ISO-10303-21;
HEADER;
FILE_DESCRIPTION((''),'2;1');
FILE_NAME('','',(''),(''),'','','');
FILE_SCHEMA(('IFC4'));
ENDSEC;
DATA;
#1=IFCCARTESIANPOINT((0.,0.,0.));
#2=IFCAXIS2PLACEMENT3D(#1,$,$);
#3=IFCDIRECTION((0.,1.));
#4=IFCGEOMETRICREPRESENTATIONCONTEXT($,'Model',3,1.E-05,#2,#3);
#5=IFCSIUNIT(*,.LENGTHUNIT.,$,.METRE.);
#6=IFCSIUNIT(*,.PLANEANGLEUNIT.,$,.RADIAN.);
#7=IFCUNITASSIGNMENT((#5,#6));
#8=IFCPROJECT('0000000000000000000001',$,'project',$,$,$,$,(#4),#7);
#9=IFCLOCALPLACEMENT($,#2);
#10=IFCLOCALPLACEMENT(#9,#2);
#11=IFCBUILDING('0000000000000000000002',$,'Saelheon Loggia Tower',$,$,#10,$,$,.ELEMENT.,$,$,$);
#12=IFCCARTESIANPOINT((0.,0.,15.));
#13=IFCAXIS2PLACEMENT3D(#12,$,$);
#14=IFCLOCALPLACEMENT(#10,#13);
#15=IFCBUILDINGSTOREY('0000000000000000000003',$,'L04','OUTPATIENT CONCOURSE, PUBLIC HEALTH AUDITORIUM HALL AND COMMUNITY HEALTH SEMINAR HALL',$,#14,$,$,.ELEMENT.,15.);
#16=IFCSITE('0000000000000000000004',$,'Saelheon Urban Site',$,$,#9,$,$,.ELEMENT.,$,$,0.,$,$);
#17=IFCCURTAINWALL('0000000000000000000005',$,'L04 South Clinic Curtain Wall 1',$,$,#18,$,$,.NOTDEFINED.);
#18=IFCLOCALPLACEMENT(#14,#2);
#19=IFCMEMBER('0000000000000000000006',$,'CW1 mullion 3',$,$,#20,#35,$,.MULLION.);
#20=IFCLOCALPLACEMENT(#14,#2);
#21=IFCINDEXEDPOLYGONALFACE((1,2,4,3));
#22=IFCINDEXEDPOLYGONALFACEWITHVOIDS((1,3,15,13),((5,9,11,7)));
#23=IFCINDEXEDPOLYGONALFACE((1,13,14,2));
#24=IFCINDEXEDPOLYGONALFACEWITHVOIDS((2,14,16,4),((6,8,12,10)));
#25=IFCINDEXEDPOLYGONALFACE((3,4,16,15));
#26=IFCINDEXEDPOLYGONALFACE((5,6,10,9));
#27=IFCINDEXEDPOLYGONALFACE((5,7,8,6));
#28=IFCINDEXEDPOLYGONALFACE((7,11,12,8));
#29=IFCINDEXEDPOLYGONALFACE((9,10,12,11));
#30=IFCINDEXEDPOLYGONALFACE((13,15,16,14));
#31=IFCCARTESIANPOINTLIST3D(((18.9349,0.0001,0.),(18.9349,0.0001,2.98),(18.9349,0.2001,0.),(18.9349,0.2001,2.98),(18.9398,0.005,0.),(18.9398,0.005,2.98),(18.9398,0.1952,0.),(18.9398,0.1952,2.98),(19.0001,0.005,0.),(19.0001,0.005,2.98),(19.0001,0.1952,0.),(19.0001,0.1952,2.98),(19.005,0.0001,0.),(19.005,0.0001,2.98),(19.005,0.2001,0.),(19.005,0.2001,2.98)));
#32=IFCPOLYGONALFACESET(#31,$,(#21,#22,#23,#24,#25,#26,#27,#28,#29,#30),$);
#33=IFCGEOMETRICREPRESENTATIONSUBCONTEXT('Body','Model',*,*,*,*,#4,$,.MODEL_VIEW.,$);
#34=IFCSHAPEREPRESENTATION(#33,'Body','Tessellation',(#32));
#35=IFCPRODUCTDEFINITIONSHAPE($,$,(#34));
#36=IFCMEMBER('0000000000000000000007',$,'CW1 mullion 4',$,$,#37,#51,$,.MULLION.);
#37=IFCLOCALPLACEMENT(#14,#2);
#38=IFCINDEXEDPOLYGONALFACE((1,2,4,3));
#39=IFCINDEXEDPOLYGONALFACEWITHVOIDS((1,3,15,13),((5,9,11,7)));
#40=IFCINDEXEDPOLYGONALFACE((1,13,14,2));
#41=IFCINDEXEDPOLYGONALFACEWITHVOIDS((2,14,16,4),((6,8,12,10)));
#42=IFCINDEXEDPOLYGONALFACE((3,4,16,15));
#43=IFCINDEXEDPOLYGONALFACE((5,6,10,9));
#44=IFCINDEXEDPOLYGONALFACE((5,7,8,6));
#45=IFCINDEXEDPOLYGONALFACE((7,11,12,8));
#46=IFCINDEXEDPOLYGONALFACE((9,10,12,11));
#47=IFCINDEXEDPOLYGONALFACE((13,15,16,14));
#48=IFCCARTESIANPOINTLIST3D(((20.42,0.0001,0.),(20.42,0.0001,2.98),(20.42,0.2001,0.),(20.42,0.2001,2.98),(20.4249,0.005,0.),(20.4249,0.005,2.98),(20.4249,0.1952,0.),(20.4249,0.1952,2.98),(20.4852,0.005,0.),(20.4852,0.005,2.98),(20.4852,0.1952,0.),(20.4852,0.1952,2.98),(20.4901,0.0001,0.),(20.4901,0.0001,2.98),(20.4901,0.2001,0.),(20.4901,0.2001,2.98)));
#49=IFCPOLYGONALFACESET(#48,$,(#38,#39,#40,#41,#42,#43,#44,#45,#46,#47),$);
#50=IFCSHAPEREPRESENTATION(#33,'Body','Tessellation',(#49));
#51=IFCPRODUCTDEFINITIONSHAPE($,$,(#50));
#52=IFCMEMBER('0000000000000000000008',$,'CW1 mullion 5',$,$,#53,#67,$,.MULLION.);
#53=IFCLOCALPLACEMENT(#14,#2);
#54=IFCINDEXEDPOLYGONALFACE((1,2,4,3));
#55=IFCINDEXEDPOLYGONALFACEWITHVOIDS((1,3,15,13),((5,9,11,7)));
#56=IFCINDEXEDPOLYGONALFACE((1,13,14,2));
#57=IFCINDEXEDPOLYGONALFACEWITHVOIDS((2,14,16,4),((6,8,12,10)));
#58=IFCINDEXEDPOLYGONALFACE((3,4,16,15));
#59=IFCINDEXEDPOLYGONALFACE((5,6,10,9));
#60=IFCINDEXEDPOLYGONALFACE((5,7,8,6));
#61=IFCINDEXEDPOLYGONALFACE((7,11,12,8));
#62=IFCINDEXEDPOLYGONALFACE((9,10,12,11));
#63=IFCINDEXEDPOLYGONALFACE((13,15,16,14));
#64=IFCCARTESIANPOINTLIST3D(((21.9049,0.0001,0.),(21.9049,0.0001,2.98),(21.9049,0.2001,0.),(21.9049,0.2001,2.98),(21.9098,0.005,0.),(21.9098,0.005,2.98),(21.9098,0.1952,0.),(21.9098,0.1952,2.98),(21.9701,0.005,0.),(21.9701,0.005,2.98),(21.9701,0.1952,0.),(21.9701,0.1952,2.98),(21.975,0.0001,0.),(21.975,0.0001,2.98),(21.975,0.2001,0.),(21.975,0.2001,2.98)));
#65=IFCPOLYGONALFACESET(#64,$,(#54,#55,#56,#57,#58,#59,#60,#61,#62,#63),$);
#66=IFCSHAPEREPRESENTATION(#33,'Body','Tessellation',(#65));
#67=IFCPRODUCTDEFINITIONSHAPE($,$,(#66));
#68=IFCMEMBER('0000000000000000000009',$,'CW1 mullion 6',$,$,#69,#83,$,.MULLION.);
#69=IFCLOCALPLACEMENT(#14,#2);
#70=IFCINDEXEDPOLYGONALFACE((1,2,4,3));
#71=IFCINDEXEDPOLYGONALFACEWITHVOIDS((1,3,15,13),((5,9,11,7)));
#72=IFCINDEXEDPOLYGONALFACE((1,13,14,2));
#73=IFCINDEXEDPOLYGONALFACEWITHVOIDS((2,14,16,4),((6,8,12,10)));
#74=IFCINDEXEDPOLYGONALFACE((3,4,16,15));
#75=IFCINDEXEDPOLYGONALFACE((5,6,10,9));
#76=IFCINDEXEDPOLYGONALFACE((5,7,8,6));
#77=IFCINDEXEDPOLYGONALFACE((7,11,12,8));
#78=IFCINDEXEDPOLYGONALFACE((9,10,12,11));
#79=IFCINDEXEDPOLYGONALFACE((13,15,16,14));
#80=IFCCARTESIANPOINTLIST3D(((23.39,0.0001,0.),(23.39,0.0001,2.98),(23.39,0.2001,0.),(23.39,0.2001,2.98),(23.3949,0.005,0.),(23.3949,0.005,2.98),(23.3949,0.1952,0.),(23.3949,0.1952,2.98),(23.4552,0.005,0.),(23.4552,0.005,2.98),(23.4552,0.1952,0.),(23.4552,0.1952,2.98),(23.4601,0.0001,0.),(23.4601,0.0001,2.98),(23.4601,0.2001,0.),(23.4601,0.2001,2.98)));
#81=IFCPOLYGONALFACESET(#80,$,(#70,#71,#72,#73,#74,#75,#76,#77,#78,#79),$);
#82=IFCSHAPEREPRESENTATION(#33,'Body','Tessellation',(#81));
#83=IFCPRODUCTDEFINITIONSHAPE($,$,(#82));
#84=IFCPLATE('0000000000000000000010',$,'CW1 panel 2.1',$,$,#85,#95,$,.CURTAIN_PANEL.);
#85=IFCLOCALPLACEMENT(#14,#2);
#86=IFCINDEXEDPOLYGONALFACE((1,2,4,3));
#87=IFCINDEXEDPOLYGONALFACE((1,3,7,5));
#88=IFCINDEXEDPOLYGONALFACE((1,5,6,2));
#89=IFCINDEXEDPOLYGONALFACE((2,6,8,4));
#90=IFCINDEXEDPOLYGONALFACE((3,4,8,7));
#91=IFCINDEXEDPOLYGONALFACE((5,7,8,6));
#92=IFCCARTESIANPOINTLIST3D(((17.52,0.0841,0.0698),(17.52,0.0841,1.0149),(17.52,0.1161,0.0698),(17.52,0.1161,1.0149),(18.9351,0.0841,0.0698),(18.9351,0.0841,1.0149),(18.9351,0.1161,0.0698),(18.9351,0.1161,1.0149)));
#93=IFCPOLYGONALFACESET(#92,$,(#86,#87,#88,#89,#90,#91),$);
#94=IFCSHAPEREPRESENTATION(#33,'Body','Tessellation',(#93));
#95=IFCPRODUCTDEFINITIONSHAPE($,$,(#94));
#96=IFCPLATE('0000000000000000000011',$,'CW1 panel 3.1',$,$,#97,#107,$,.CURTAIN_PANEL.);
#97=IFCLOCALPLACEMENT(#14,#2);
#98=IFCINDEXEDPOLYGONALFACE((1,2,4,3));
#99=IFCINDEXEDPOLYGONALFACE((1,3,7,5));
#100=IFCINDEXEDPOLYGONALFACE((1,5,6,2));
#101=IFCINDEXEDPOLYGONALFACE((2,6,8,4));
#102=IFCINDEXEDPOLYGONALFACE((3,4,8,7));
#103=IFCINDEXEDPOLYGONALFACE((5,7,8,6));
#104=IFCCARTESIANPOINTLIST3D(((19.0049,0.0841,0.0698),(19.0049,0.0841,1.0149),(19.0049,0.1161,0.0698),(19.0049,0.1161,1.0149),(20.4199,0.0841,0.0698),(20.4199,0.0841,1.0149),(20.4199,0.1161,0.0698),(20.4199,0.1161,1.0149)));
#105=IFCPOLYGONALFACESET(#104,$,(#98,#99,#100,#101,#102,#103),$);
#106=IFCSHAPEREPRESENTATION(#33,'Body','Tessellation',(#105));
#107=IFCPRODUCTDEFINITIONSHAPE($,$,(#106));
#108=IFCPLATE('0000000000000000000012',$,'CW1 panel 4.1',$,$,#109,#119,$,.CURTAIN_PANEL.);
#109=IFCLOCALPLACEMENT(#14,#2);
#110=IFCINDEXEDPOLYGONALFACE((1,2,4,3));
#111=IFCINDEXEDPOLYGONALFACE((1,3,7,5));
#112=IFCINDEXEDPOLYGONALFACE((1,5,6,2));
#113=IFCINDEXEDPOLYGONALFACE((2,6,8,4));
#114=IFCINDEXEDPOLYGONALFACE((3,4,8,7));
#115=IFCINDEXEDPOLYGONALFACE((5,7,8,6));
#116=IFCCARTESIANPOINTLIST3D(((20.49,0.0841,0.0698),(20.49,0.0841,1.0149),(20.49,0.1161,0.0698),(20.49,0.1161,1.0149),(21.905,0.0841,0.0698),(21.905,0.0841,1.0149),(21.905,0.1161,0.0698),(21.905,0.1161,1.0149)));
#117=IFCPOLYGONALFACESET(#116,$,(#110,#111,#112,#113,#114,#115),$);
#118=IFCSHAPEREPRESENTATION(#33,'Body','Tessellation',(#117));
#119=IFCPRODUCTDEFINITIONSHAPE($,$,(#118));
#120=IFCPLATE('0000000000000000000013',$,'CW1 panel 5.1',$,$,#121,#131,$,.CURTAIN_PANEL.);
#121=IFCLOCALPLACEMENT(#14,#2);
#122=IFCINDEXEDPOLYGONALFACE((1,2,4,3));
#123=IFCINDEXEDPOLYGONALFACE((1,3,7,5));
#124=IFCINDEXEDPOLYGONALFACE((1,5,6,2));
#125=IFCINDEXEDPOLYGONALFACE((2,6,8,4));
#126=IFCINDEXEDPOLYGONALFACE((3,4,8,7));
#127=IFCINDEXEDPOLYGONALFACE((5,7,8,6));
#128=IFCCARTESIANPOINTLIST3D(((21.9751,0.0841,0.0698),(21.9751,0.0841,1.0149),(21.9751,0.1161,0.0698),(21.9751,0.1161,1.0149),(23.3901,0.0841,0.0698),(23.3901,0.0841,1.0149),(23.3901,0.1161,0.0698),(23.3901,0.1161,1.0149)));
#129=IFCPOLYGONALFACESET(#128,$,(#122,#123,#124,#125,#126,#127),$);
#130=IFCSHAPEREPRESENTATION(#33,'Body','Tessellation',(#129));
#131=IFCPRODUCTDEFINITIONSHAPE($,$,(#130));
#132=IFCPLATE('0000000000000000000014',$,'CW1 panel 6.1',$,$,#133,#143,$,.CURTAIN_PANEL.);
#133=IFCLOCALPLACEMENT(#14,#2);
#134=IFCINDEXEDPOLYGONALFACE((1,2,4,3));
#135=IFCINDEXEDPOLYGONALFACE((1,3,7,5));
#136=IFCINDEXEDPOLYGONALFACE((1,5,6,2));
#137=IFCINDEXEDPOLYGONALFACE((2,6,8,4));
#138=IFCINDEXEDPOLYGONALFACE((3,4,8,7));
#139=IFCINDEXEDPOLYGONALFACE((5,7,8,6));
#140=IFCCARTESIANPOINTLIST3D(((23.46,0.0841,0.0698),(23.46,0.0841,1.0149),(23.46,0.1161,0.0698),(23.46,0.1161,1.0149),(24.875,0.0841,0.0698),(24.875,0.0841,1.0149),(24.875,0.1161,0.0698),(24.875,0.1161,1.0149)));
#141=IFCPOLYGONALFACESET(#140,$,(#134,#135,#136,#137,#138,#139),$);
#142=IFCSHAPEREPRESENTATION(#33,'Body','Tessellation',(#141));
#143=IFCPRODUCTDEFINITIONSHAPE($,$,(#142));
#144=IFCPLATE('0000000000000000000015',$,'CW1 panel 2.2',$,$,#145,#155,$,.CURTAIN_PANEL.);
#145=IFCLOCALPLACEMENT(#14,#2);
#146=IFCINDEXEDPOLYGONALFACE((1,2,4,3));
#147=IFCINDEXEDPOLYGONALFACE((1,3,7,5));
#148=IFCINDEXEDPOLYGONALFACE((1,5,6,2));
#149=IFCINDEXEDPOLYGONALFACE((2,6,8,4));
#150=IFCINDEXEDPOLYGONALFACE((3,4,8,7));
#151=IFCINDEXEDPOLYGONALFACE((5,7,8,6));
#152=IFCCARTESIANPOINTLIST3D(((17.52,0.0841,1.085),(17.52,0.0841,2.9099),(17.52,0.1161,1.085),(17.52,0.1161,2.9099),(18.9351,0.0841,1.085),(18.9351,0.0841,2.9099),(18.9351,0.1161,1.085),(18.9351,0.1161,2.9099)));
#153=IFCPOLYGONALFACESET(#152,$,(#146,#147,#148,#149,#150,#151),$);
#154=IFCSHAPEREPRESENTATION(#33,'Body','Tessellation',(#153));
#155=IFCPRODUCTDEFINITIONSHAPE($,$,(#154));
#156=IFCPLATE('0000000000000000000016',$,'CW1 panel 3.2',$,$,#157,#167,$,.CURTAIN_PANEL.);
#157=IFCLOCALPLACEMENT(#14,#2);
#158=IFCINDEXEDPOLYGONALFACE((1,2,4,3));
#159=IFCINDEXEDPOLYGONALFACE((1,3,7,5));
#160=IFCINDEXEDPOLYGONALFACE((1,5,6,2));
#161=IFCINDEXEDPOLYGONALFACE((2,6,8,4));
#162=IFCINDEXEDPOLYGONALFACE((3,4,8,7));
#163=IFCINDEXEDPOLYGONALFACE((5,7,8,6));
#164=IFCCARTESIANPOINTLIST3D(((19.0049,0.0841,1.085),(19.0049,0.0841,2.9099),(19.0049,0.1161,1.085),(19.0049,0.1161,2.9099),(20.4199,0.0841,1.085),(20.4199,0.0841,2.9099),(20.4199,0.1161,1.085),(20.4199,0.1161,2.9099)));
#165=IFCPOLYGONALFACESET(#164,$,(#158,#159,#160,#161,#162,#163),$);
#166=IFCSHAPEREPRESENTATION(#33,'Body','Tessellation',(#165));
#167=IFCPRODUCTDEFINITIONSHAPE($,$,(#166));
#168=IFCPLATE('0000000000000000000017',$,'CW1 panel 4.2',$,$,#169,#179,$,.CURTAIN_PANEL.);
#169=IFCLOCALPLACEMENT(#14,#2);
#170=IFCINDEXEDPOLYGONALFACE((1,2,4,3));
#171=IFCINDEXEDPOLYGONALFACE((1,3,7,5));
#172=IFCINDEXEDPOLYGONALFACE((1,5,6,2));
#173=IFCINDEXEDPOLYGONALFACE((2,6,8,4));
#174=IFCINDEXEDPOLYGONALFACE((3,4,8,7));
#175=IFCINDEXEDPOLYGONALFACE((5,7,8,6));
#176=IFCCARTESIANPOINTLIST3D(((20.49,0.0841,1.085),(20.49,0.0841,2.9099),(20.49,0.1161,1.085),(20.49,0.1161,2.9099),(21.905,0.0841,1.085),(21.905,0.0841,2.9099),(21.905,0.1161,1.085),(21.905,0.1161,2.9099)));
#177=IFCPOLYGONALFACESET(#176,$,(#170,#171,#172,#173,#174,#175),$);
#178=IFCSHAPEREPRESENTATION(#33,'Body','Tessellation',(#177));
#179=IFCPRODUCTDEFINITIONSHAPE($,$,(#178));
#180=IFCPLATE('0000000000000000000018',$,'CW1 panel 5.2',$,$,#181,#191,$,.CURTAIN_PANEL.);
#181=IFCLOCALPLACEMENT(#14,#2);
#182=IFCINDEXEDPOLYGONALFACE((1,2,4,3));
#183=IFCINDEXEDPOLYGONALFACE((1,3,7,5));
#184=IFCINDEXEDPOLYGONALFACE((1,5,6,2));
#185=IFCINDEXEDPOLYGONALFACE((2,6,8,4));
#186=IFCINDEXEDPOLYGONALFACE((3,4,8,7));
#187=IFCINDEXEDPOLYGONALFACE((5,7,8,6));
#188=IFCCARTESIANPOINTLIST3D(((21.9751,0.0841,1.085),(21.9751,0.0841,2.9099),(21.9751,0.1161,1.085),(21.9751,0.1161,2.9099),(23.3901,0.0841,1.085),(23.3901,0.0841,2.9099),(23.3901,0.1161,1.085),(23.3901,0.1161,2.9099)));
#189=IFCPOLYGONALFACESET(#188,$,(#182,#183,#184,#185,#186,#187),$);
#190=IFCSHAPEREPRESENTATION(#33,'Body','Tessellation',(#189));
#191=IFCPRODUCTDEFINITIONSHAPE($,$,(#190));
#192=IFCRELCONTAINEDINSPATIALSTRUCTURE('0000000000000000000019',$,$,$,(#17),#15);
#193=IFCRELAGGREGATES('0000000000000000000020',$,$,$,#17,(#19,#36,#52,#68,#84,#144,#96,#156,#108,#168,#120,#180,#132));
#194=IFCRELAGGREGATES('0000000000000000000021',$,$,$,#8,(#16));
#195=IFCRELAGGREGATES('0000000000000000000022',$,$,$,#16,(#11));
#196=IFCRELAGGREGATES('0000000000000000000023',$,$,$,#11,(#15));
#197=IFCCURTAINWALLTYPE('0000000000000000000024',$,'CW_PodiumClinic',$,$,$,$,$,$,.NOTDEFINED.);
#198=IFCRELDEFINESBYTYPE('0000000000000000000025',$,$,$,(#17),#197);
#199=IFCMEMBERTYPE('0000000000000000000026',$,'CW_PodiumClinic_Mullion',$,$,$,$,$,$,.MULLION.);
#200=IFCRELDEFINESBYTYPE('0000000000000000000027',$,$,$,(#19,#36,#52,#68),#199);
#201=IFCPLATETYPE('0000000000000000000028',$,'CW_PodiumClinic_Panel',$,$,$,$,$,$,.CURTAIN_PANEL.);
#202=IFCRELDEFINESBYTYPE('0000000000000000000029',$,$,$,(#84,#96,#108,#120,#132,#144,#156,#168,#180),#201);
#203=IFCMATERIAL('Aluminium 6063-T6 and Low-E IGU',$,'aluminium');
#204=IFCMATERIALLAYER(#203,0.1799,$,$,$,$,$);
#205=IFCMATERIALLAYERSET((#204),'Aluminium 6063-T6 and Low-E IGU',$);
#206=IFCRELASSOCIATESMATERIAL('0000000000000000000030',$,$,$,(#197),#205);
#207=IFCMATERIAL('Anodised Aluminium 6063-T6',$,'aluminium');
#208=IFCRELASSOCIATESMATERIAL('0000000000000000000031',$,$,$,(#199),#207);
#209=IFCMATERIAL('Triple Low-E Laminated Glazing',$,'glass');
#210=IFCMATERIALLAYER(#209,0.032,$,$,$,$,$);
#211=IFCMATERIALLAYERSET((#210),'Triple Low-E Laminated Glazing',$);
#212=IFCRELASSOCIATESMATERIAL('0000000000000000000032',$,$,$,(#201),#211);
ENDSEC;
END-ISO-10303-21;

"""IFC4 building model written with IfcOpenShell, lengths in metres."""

from ifc_helpers import new_model, si_unit, direction, frame, origin, origin_2d, place, context, subcontext, project, spatial, rectangle, hollow_rectangle, extrude, source, transform, mapped, material, layer, layer_set, material_profile, profile_set, type_object, element, aggregate, save


model = new_model("IFC4")

# Units and contexts
model_context = context("Model", 3, precision=1e-05, world=origin(), true_north=direction((0.0, 1.0)))
body_context = subcontext(model_context, "Body", "Model", "MODEL_VIEW")
ifc_project = project(units=[si_unit("LENGTHUNIT", "METRE"), si_unit("PLANEANGLEUNIT", "RADIAN")], contexts=[model_context])

# Site, building, storey
site_placement = place(None, origin())
site = spatial("IfcSite", under=ifc_project, at=site_placement, Name="Saelheon Urban Site", CompositionType="ELEMENT", RefElevation=0.0)
building_placement = place(site_placement, origin())
building = spatial("IfcBuilding", under=site, at=building_placement, Name="Saelheon Loggia Tower", CompositionType="ELEMENT")
storey_placement = place(building_placement, frame((0.0, 0.0, 15.0)))
storey = spatial("IfcBuildingStorey", under=building, at=storey_placement, Name="L04", Description="OUTPATIENT CONCOURSE, PUBLIC HEALTH AUDITORIUM HALL AND COMMUNITY HEALTH SEMINAR HALL", CompositionType="ELEMENT", Elevation=15.0)

# Curtain wall, members, plates
ifc_material_1 = material(Name="Aluminium 6063-T6 and Low-E IGU", Category="aluminium")
ifc_layer_1 = layer(ifc_material_1, 0.1799)
ifc_layer_set_1 = layer_set([ifc_layer_1], Name="Aluminium 6063-T6 and Low-E IGU")
curtain_wall_type = type_object("IfcCurtainWallType", Name="CW_PodiumClinic", PredefinedType="NOTDEFINED", material=ifc_layer_set_1)
curtain_wall_placement = place(storey_placement, origin())
curtain_wall = element("IfcCurtainWall", 1, at=curtain_wall_placement, inside=storey, type_object=curtain_wall_type, Name="L04 South Clinic Curtain Wall 1", PredefinedType="NOTDEFINED")
ifc_material_2 = material(Name="Anodised Aluminium 6063-T6", Category="aluminium")
ifc_material_profile_1 = material_profile(ifc_material_2, hollow_rectangle(XDim=0.0701, YDim=0.2, WallThickness=0.0049, at=origin_2d()), Name="RHS-200x70x5")
ifc_profile_set_1 = profile_set([ifc_material_profile_1], Name="Anodised Aluminium 6063-T6")
member_type_1 = type_object("IfcMemberType", Name="CW_PodiumClinic_Mullion", PredefinedType="MULLION", material=ifc_profile_set_1)
shared_shape_1 = source(origin(), body_context, "Body", "SweptSolid", [
    extrude(hollow_rectangle(XDim=0.0701, YDim=0.2, WallThickness=0.0049, at=origin_2d()), origin(), (0.0, 0.0, 1.0), 2.98),
])
member_1_placement = place(storey_placement, frame((18.97, 0.1001, 0.0), z_axis=(0.0, 0.0, 1.0), x_axis=(1.0, 0.0, 0.0)))
member_1 = element("IfcMember", 2, at=member_1_placement, type_object=member_type_1, Name="CW1 mullion 3", PredefinedType="MULLION", context=body_context, shape_type="MappedRepresentation", body=[
    mapped(shared_shape_1, transform((0.0, 0.0, 0.0), scale=1.0)),
])
member_2_placement = place(storey_placement, frame((20.4551, 0.1001, 0.0), z_axis=(0.0, 0.0, 1.0), x_axis=(1.0, 0.0, 0.0)))
member_2 = element("IfcMember", 3, at=member_2_placement, type_object=member_type_1, Name="CW1 mullion 4", PredefinedType="MULLION", context=body_context, shape_type="MappedRepresentation", body=[
    mapped(shared_shape_1, transform((0.0, 0.0, 0.0), scale=1.0)),
])
member_3_placement = place(storey_placement, frame((21.9399, 0.1001, 0.0), z_axis=(0.0, 0.0, 1.0), x_axis=(1.0, 0.0, 0.0)))
member_3 = element("IfcMember", 4, at=member_3_placement, type_object=member_type_1, Name="CW1 mullion 5", PredefinedType="MULLION", context=body_context, shape_type="MappedRepresentation", body=[
    mapped(shared_shape_1, transform((0.0, 0.0, 0.0), scale=1.0)),
])
member_4_placement = place(storey_placement, frame((23.425, 0.1001, 0.0), z_axis=(0.0, 0.0, 1.0), x_axis=(1.0, 0.0, 0.0)))
member_4 = element("IfcMember", 5, at=member_4_placement, type_object=member_type_1, Name="CW1 mullion 6", PredefinedType="MULLION", context=body_context, shape_type="MappedRepresentation", body=[
    mapped(shared_shape_1, transform((0.0, 0.0, 0.0), scale=1.0)),
])
ifc_material_3 = material(Name="Triple Low-E Laminated Glazing", Category="glass")
ifc_layer_2 = layer(ifc_material_3, 0.032)
ifc_layer_set_2 = layer_set([ifc_layer_2], Name="Triple Low-E Laminated Glazing")
plate_type = type_object("IfcPlateType", Name="CW_PodiumClinic_Panel", PredefinedType="CURTAIN_PANEL", material=ifc_layer_set_2)
shared_shape_2 = source(origin(), body_context, "Body", "SweptSolid", [
    extrude(rectangle(XDim=1.415, YDim=0.032, at=origin_2d()), origin(), (0.0, 0.0, 1.0), 0.9451),
])
plate_1_placement = place(storey_placement, frame((18.2275, 0.1001, 0.0698), z_axis=(0.0, 0.0, 1.0), x_axis=(1.0, 0.0, 0.0)))
plate_1 = element("IfcPlate", 6, at=plate_1_placement, type_object=plate_type, Name="CW1 panel 2.1", PredefinedType="CURTAIN_PANEL", context=body_context, shape_type="MappedRepresentation", body=[
    mapped(shared_shape_2, transform((0.0, 0.0, 0.0), scale=1.0)),
])
plate_2_placement = place(storey_placement, frame((19.7124, 0.1001, 0.0698), z_axis=(0.0, 0.0, 1.0), x_axis=(1.0, 0.0, 0.0)))
plate_2 = element("IfcPlate", 7, at=plate_2_placement, type_object=plate_type, Name="CW1 panel 3.1", PredefinedType="CURTAIN_PANEL", context=body_context, shape_type="MappedRepresentation", body=[
    mapped(shared_shape_2, transform((0.0, 0.0, 0.0), scale=1.0)),
])
plate_3_placement = place(storey_placement, frame((21.1975, 0.1001, 0.0698), z_axis=(0.0, 0.0, 1.0), x_axis=(1.0, 0.0, 0.0)))
plate_3 = element("IfcPlate", 8, at=plate_3_placement, type_object=plate_type, Name="CW1 panel 4.1", PredefinedType="CURTAIN_PANEL", context=body_context, shape_type="MappedRepresentation", body=[
    mapped(shared_shape_2, transform((0.0, 0.0, 0.0), scale=1.0)),
])
plate_4_placement = place(storey_placement, frame((22.6826, 0.1001, 0.0698), z_axis=(0.0, 0.0, 1.0), x_axis=(1.0, 0.0, 0.0)))
plate_4 = element("IfcPlate", 9, at=plate_4_placement, type_object=plate_type, Name="CW1 panel 5.1", PredefinedType="CURTAIN_PANEL", context=body_context, shape_type="MappedRepresentation", body=[
    mapped(shared_shape_2, transform((0.0, 0.0, 0.0), scale=1.0)),
])
plate_5_placement = place(storey_placement, frame((24.1675, 0.1001, 0.0698), z_axis=(0.0, 0.0, 1.0), x_axis=(1.0, 0.0, 0.0)))
plate_5 = element("IfcPlate", 10, at=plate_5_placement, type_object=plate_type, Name="CW1 panel 6.1", PredefinedType="CURTAIN_PANEL", context=body_context, shape_type="MappedRepresentation", body=[
    mapped(shared_shape_2, transform((0.0, 0.0, 0.0), scale=1.0)),
])
shared_shape_3 = source(origin(), body_context, "Body", "SweptSolid", [
    extrude(rectangle(XDim=1.415, YDim=0.032, at=origin_2d()), origin(), (0.0, 0.0, 1.0), 1.825),
])
plate_6_placement = place(storey_placement, frame((18.2275, 0.1001, 1.085), z_axis=(0.0, 0.0, 1.0), x_axis=(1.0, 0.0, 0.0)))
plate_6 = element("IfcPlate", 11, at=plate_6_placement, type_object=plate_type, Name="CW1 panel 2.2", PredefinedType="CURTAIN_PANEL", context=body_context, shape_type="MappedRepresentation", body=[
    mapped(shared_shape_3, transform((0.0, 0.0, 0.0), scale=1.0)),
])
plate_7_placement = place(storey_placement, frame((19.7124, 0.1001, 1.085), z_axis=(0.0, 0.0, 1.0), x_axis=(1.0, 0.0, 0.0)))
plate_7 = element("IfcPlate", 12, at=plate_7_placement, type_object=plate_type, Name="CW1 panel 3.2", PredefinedType="CURTAIN_PANEL", context=body_context, shape_type="MappedRepresentation", body=[
    mapped(shared_shape_3, transform((0.0, 0.0, 0.0), scale=1.0)),
])
plate_8_placement = place(storey_placement, frame((21.1975, 0.1001, 1.085), z_axis=(0.0, 0.0, 1.0), x_axis=(1.0, 0.0, 0.0)))
plate_8 = element("IfcPlate", 13, at=plate_8_placement, type_object=plate_type, Name="CW1 panel 4.2", PredefinedType="CURTAIN_PANEL", context=body_context, shape_type="MappedRepresentation", body=[
    mapped(shared_shape_3, transform((0.0, 0.0, 0.0), scale=1.0)),
])
plate_9_placement = place(storey_placement, frame((22.6826, 0.1001, 1.085), z_axis=(0.0, 0.0, 1.0), x_axis=(1.0, 0.0, 0.0)))
plate_9 = element("IfcPlate", 14, at=plate_9_placement, type_object=plate_type, Name="CW1 panel 5.2", PredefinedType="CURTAIN_PANEL", context=body_context, shape_type="MappedRepresentation", body=[
    mapped(shared_shape_3, transform((0.0, 0.0, 0.0), scale=1.0)),
])
aggregate(curtain_wall, [member_1, member_2, member_3, member_4, plate_1, plate_6, plate_2, plate_7, plate_3, plate_8, plate_4, plate_9, plate_5])

save(model, "model.ifc")
